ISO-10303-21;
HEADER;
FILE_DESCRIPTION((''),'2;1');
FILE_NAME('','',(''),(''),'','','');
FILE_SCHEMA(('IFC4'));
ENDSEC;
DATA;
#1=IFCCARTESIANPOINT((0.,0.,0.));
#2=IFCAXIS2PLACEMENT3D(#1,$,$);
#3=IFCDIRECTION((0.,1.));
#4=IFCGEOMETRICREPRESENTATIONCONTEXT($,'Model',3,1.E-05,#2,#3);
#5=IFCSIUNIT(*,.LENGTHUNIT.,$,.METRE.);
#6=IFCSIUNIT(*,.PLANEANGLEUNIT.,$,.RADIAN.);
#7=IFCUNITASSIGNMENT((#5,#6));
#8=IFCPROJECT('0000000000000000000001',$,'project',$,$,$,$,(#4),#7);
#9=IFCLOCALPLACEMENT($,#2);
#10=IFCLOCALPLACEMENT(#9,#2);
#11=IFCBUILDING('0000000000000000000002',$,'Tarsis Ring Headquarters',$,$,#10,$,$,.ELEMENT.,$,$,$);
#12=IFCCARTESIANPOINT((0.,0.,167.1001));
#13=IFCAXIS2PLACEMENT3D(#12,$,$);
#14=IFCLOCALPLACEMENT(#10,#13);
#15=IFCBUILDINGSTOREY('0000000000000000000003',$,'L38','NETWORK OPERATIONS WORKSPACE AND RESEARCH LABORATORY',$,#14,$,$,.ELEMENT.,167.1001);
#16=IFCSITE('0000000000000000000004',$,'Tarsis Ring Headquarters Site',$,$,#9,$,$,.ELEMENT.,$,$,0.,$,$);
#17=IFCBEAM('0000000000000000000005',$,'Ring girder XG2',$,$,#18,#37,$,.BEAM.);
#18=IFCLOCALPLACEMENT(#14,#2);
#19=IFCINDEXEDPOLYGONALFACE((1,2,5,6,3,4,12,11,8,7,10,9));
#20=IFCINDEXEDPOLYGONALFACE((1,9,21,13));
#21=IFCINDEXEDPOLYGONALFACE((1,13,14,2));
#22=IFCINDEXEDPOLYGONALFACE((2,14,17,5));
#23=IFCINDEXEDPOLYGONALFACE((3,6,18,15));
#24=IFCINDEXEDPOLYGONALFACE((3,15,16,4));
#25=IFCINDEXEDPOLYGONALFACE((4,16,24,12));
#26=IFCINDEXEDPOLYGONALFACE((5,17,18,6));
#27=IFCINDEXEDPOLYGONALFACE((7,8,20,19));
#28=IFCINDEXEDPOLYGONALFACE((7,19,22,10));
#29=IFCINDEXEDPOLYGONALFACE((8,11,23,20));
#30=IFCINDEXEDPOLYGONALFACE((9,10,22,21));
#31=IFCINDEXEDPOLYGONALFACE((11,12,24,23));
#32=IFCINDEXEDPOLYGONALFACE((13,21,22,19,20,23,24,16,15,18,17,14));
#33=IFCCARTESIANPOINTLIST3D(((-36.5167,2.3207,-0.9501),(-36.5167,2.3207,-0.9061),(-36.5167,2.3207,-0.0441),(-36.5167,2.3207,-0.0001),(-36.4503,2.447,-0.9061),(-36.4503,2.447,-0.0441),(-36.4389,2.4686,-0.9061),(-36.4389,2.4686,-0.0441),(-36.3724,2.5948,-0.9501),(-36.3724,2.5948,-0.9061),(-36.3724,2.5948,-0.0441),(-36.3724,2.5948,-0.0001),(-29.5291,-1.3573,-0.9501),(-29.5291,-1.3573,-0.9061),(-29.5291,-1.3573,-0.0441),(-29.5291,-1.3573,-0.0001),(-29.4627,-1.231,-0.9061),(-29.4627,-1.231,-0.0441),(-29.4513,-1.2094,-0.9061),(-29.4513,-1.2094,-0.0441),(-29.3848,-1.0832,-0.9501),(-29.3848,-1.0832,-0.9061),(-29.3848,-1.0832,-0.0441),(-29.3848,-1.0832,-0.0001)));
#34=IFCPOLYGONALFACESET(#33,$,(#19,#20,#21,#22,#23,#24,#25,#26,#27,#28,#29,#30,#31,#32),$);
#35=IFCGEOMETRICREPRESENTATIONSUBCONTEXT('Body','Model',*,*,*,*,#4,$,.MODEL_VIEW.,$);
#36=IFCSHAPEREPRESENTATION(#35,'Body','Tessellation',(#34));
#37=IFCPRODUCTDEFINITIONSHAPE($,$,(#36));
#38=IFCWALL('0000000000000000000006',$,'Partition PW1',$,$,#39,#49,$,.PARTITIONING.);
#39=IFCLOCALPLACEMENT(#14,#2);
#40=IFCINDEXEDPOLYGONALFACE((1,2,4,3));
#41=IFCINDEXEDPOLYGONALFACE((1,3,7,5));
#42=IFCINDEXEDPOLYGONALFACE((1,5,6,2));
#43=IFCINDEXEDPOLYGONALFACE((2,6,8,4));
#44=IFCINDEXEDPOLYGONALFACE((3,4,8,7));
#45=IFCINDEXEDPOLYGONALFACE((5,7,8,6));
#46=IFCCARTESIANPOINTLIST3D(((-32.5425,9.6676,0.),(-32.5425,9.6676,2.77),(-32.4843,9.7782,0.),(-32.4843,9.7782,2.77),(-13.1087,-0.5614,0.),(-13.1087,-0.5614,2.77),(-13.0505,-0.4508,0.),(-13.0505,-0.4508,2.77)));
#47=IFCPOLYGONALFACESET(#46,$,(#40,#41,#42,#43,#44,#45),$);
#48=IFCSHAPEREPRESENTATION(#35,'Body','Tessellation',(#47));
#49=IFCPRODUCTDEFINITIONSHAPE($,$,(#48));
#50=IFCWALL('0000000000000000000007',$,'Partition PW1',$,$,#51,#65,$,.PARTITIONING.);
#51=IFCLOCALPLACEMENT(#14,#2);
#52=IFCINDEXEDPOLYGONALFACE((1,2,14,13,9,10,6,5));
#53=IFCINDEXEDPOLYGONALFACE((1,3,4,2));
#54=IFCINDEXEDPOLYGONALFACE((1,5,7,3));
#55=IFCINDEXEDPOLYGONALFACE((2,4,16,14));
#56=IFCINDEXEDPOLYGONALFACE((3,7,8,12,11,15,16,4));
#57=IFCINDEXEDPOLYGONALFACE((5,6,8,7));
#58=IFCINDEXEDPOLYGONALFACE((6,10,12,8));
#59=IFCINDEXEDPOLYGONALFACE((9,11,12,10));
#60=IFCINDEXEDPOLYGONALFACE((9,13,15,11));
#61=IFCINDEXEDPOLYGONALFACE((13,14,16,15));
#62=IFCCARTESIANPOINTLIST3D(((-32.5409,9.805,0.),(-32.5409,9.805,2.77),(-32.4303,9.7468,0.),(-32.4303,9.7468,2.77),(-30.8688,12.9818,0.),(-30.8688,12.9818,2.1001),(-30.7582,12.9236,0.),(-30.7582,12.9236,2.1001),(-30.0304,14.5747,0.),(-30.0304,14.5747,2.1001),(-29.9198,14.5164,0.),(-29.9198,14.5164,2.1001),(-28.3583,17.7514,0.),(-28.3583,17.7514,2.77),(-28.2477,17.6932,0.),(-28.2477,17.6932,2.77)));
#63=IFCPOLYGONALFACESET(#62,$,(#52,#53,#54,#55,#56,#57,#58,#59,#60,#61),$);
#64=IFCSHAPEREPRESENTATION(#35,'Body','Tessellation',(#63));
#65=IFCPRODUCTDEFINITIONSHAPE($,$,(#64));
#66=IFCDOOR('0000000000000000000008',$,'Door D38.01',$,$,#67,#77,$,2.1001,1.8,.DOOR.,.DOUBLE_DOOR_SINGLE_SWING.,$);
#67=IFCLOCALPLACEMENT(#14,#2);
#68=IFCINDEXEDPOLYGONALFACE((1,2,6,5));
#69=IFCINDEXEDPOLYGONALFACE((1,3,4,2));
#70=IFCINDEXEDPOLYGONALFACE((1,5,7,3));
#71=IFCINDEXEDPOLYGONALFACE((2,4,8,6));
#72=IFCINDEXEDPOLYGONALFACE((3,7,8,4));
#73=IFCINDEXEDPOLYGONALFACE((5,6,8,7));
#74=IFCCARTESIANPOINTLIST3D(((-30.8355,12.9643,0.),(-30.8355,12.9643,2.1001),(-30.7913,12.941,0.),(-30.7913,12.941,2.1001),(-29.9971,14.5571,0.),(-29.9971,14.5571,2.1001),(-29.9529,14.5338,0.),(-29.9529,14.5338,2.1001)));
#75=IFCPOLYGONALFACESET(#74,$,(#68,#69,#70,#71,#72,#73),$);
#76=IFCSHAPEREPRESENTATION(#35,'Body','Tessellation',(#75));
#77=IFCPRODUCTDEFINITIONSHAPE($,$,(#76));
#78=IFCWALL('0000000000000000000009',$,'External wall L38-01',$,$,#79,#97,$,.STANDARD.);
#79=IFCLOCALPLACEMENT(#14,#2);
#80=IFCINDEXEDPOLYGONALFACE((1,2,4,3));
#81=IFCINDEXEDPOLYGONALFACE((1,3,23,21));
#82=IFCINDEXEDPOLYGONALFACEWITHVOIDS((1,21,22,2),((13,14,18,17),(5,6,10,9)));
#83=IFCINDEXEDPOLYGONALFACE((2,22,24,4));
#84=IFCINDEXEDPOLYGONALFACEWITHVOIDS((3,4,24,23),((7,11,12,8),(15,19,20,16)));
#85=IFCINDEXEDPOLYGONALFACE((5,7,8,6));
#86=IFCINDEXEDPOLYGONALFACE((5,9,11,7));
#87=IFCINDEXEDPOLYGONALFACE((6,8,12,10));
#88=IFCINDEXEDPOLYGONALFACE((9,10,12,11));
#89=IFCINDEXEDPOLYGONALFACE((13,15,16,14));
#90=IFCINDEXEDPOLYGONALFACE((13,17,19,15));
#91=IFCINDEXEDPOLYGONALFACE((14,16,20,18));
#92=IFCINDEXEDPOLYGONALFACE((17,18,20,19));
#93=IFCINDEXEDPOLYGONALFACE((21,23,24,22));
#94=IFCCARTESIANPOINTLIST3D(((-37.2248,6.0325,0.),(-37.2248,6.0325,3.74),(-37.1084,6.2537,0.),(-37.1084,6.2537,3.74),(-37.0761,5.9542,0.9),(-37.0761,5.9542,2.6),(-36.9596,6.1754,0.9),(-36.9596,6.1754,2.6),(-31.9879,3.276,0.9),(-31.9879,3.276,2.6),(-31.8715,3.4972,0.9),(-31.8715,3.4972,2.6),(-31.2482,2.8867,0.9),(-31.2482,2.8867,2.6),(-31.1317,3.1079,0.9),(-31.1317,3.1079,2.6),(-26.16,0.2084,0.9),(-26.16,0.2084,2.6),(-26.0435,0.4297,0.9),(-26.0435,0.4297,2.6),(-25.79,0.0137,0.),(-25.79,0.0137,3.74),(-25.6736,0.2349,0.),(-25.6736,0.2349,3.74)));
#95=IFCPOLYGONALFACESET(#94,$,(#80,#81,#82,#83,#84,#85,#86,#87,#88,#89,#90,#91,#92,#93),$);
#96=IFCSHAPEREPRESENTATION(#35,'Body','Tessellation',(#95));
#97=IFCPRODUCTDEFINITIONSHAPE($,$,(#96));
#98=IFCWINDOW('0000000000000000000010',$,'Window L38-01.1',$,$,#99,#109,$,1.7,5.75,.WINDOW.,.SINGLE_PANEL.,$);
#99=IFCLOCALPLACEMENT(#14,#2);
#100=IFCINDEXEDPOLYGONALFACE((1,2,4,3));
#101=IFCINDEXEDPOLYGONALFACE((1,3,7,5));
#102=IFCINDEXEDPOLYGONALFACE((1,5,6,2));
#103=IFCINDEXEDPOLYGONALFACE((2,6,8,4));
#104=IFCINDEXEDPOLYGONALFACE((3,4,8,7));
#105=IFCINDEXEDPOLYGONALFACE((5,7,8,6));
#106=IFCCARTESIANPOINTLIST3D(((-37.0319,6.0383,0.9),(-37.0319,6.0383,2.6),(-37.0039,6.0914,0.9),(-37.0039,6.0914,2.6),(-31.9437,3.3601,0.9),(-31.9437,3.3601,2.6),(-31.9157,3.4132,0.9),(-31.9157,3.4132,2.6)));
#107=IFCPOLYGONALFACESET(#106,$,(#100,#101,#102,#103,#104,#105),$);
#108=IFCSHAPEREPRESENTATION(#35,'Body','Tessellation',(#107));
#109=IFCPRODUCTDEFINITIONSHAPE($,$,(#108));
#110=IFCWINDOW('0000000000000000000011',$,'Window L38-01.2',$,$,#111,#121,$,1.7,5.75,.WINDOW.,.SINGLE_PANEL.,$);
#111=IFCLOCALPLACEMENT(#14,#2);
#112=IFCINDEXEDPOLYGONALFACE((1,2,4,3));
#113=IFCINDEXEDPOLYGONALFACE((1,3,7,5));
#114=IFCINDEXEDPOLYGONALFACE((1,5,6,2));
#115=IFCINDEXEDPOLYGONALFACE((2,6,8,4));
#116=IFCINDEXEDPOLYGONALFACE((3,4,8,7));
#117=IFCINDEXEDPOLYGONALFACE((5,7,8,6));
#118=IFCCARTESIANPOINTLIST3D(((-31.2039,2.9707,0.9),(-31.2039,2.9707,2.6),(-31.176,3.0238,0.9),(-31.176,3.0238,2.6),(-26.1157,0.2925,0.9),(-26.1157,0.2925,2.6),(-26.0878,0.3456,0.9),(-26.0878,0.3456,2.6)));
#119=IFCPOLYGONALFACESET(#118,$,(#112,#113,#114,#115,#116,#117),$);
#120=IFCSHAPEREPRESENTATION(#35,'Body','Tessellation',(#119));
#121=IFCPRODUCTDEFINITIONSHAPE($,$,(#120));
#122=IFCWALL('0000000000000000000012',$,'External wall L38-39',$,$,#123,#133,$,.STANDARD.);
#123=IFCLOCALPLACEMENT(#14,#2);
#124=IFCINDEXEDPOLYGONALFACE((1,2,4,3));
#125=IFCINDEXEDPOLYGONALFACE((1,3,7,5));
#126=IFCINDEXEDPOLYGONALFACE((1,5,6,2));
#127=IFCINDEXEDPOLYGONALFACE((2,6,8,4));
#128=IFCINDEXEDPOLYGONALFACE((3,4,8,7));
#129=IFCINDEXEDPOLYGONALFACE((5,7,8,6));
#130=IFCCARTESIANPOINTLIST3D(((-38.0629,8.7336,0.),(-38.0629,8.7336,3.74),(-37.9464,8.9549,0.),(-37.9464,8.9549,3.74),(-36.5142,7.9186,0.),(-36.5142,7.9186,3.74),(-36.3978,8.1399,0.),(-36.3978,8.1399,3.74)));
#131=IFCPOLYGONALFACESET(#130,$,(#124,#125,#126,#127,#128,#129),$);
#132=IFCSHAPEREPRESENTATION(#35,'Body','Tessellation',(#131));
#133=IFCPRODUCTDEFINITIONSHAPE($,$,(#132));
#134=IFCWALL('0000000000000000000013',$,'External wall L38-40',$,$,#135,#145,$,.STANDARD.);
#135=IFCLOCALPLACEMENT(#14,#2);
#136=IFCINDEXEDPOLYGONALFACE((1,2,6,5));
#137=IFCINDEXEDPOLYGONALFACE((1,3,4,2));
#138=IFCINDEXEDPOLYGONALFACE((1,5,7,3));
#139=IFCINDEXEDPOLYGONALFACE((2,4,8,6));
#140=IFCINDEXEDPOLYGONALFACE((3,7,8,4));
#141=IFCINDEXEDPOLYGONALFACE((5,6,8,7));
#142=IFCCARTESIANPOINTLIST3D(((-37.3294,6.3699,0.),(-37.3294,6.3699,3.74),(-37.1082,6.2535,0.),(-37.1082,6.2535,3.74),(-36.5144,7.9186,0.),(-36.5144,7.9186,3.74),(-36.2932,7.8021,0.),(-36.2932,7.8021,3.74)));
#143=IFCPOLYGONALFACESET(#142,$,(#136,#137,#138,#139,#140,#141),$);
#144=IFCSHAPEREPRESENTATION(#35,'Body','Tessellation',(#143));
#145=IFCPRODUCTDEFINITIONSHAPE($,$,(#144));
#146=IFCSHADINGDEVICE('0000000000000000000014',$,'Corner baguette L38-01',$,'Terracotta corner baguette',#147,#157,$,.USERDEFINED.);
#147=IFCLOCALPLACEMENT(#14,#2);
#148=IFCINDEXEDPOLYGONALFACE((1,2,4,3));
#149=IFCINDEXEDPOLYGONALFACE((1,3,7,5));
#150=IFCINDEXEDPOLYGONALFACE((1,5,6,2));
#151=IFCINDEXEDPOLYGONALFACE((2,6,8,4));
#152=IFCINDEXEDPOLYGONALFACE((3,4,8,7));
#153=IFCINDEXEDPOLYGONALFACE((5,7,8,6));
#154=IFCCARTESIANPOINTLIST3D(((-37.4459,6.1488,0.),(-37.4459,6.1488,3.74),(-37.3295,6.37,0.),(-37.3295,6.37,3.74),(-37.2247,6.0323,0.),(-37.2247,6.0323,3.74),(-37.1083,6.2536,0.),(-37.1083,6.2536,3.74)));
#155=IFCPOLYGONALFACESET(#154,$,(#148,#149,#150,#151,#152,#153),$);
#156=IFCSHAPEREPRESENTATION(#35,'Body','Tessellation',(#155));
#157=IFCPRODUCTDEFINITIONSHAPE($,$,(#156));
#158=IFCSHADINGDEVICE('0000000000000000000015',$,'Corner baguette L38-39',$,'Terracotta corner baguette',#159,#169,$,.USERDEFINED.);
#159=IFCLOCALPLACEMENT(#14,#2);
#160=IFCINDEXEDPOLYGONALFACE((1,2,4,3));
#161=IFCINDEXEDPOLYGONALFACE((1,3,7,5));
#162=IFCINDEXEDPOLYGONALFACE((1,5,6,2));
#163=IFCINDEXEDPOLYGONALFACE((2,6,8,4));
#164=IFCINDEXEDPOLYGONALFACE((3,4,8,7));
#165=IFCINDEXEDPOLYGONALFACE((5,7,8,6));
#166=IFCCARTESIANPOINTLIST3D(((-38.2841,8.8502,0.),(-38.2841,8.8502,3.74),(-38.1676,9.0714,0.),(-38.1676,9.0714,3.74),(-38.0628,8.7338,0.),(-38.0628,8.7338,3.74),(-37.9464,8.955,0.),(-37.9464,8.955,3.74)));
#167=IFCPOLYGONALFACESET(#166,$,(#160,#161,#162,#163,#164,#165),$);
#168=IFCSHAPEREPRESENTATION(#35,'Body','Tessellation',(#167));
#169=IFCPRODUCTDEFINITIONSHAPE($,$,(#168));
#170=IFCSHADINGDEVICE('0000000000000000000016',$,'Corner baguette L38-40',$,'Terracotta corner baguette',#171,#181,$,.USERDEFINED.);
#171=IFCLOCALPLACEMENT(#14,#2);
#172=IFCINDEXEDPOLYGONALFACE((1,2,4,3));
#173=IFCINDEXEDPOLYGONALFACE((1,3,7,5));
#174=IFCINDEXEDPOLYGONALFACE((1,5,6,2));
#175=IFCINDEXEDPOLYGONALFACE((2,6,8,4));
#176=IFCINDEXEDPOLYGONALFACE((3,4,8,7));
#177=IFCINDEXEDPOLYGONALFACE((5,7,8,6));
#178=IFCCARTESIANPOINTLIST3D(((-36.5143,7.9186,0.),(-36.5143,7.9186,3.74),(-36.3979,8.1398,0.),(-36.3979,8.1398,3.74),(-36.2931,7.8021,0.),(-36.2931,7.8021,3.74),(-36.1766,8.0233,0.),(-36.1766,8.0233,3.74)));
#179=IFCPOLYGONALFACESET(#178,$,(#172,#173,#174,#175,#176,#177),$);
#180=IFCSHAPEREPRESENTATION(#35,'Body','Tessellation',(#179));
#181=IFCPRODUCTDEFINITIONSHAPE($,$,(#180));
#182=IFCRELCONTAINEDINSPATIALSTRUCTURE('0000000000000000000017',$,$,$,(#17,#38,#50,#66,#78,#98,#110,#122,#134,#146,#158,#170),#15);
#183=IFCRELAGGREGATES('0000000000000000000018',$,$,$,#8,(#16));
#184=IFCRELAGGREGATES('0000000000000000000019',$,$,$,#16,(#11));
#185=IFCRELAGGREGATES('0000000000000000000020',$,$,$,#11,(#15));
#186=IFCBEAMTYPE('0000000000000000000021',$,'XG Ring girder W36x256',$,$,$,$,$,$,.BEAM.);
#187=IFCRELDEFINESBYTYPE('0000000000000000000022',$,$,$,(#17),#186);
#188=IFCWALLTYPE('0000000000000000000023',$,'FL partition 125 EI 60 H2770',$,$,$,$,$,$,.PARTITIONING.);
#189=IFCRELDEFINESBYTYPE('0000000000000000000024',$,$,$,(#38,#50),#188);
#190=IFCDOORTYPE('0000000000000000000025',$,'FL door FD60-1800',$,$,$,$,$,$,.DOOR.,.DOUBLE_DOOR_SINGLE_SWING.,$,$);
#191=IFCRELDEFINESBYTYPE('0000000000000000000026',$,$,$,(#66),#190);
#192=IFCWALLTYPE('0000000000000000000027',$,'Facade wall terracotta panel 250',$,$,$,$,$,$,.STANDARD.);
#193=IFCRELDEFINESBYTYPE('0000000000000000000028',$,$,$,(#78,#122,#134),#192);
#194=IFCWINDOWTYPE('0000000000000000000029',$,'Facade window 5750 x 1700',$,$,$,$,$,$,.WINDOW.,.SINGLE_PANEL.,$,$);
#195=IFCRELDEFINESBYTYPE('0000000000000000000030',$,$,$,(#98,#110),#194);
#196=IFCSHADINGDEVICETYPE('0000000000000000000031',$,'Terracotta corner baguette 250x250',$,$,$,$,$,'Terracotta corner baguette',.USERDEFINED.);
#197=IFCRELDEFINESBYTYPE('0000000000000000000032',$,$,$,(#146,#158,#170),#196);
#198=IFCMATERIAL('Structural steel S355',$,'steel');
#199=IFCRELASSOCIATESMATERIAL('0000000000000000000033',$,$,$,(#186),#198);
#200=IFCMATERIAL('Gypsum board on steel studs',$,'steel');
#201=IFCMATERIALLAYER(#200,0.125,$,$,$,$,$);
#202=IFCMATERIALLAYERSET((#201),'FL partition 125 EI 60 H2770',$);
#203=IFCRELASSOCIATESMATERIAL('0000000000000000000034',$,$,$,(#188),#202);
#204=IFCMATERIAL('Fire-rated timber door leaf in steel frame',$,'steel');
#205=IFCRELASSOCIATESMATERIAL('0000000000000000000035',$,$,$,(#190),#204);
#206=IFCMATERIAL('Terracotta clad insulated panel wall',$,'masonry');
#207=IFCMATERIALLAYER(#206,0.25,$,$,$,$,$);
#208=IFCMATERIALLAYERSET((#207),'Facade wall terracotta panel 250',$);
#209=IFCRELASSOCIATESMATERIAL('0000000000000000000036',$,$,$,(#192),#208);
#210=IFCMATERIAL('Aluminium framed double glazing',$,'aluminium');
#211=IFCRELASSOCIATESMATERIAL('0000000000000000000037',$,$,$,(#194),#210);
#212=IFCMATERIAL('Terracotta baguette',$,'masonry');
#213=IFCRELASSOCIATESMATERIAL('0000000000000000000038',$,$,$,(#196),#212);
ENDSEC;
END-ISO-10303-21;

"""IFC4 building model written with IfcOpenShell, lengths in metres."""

from ifc_helpers import new_model, si_unit, direction, frame, frame_2d, origin, origin_2d, place, context, subcontext, project, spatial, rectangle, i_section, extrude, material, layer, layer_set, material_profile, profile_set, type_object, element, fill, save


model = new_model("IFC4")

# Units and contexts
model_context = context("Model", 3, precision=1e-05, world=origin(), true_north=direction((0.0, 1.0)))
body_context = subcontext(model_context, "Body", "Model", "MODEL_VIEW")
ifc_project = project(units=[si_unit("LENGTHUNIT", "METRE"), si_unit("PLANEANGLEUNIT", "RADIAN")], contexts=[model_context])

# Site, building, storey
site_placement = place(None, origin())
site = spatial("IfcSite", under=ifc_project, at=site_placement, Name="Tarsis Ring Headquarters Site", CompositionType="ELEMENT", RefElevation=0.0)
building_placement = place(site_placement, origin())
building = spatial("IfcBuilding", under=site, at=building_placement, Name="Tarsis Ring Headquarters", CompositionType="ELEMENT")
storey_placement = place(building_placement, frame((0.0, 0.0, 167.1001)))
storey = spatial("IfcBuildingStorey", under=building, at=storey_placement, Name="L38", Description="NETWORK OPERATIONS WORKSPACE AND RESEARCH LABORATORY", CompositionType="ELEMENT", Elevation=167.1001)

# Shared definitions
ifc_material_1 = material(Name="Structural steel S355", Category="steel")

# Beam
ifc_material_profile_1 = material_profile(ifc_material_1, i_section(OverallWidth=0.3098, OverallDepth=0.95, WebThickness=0.0244, FlangeThickness=0.0439, at=origin_2d()), Name="W36x256")
ifc_profile_set_1 = profile_set([ifc_material_profile_1], Name="Structural steel S355")
beam_type = type_object("IfcBeamType", Name="XG Ring girder W36x256", PredefinedType="BEAM", material=ifc_profile_set_1)
beam_1_placement = place(storey_placement, frame((-36.4446, 2.4578, -0.4751), z_axis=(0.884901, -0.465778, 0.0), x_axis=(0.465778, 0.884901, 0.0)))
element("IfcBeam", 1, at=beam_1_placement, inside=storey, type_object=beam_type, Name="Ring girder XG2", PredefinedType="BEAM", context=body_context, shape_type="SweptSolid", body=[
    extrude(i_section(OverallWidth=0.3098, OverallDepth=0.95, WebThickness=0.0244, FlangeThickness=0.0439, at=origin_2d()), origin(), (0.0, 0.0, 1.0), 7.8965),
])

# Wall
ifc_material_2 = material(Name="Gypsum board on steel studs", Category="steel")
ifc_layer_1 = layer(ifc_material_2, 0.125)
ifc_layer_set_1 = layer_set([ifc_layer_1], Name="FL partition 125 EI 60 H2770")
wall_type_1 = type_object("IfcWallType", Name="FL partition 125 EI 60 H2770", PredefinedType="PARTITIONING", material=ifc_layer_set_1)
wall_1_placement = place(storey_placement, frame((-32.5134, 9.7229, 0.0), z_axis=(0.0, 0.0, 1.0), x_axis=(0.884906, -0.46577, 0.0)))
element("IfcWall", 2, at=wall_1_placement, inside=storey, type_object=wall_type_1, Name="Partition PW1", PredefinedType="PARTITIONING", context=body_context, shape_type="SweptSolid", body=[
    extrude(rectangle(XDim=21.9614, YDim=0.125, at=frame_2d((10.9807, 0.0))), origin(), (0.0, 0.0, 1.0), 2.77),
])

# Wall, opening, door
wall_2_placement = place(storey_placement, frame((-32.4856, 9.7759, 0.0), z_axis=(0.0, 0.0, 1.0), x_axis=(0.465767, 0.884908, 0.0)))
wall_2 = element("IfcWall", 3, at=wall_2_placement, inside=storey, type_object=wall_type_1, Name="Partition PW1", PredefinedType="PARTITIONING", context=body_context, shape_type="SweptSolid", body=[
    extrude(rectangle(XDim=8.98, YDim=0.125, at=frame_2d((4.49, 0.0))), origin(), (0.0, 0.0, 1.0), 2.77),
])
opening_1_placement = place(wall_2_placement, frame((3.5901, 0.0, 0.0)))
opening_1 = element("IfcOpeningElement", 4, at=opening_1_placement, cuts=wall_2, PredefinedType="OPENING", context=body_context, shape_type="SweptSolid", body=[
    extrude(rectangle(XDim=1.8, YDim=2.1001, at=frame_2d((0.8999, 1.05))), frame((0.0, 0.0725, 0.0), z_axis=(0.0, -1.0, 0.0), x_axis=(1.0, 0.0, 0.0)), (0.0, 0.0, 1.0), 0.145),
])
ifc_material_3 = material(Name="Fire-rated timber door leaf in steel frame", Category="steel")
door_type = type_object("IfcDoorType", Name="FL door FD60-1800", OperationType="DOUBLE_DOOR_SINGLE_SWING", PredefinedType="DOOR", material=ifc_material_3)
door_placement = place(opening_1_placement, origin())
door = element("IfcDoor", 5, at=door_placement, inside=storey, type_object=door_type, Name="Door D38.01", OperationType="DOUBLE_DOOR_SINGLE_SWING", OverallHeight=2.1001, OverallWidth=1.8, PredefinedType="DOOR", context=body_context, shape_type="SweptSolid", body=[
    extrude(rectangle(XDim=1.8, YDim=2.1001, at=frame_2d((0.8999, 1.05))), frame((0.0, 0.0249, 0.0), z_axis=(0.0, -1.0, 0.0), x_axis=(1.0, 0.0, 0.0)), (0.0, 0.0, 1.0), 0.05),
])
fill(opening_1, door)

# Wall, openings, windows
ifc_material_4 = material(Name="Terracotta clad insulated panel wall", Category="masonry")
ifc_layer_2 = layer(ifc_material_4, 0.25)
ifc_layer_set_2 = layer_set([ifc_layer_2], Name="Facade wall terracotta panel 250")
wall_type_2 = type_object("IfcWallType", Name="Facade wall terracotta panel 250", PredefinedType="STANDARD", material=ifc_layer_set_2)
wall_3_placement = place(storey_placement, frame((-37.1665, 6.1431, 0.0), z_axis=(0.0, 0.0, 1.0), x_axis=(0.884903, -0.465775, 0.0)))
wall_3 = element("IfcWall", 6, at=wall_3_placement, inside=storey, type_object=wall_type_2, Name="External wall L38-01", PredefinedType="STANDARD", context=body_context, shape_type="SweptSolid", body=[
    extrude(rectangle(XDim=12.9221, YDim=0.25, at=frame_2d((6.4609, 0.0))), origin(), (0.0, 0.0, 1.0), 3.74),
])
opening_2_placement = place(wall_3_placement, frame((0.168, 0.0, 0.8999)))
opening_2 = element("IfcOpeningElement", 7, at=opening_2_placement, cuts=wall_3, PredefinedType="OPENING", context=body_context, shape_type="SweptSolid", body=[
    extrude(rectangle(XDim=5.75, YDim=1.7, at=frame_2d((2.875, 0.8501))), frame((0.0, 0.135, 0.0), z_axis=(0.0, -1.0, 0.0), x_axis=(1.0, 0.0, 0.0)), (0.0, 0.0, 1.0), 0.27),
])
opening_3_placement = place(wall_3_placement, frame((6.7539, 0.0, 0.8999)))
opening_3 = element("IfcOpeningElement", 8, at=opening_3_placement, cuts=wall_3, PredefinedType="OPENING", context=body_context, shape_type="SweptSolid", body=[
    extrude(rectangle(XDim=5.75, YDim=1.7, at=frame_2d((2.875, 0.8501))), frame((0.0, 0.135, 0.0), z_axis=(0.0, -1.0, 0.0), x_axis=(1.0, 0.0, 0.0)), (0.0, 0.0, 1.0), 0.27),
])
ifc_material_5 = material(Name="Aluminium framed double glazing", Category="aluminium")
window_type = type_object("IfcWindowType", Name="Facade window 5750 x 1700", PartitioningType="SINGLE_PANEL", PredefinedType="WINDOW", material=ifc_material_5)
window_1_placement = place(opening_2_placement, origin())
window_1 = element("IfcWindow", 9, at=window_1_placement, inside=storey, type_object=window_type, Name="Window L38-01.1", OverallHeight=1.7, OverallWidth=5.75, PartitioningType="SINGLE_PANEL", PredefinedType="WINDOW", context=body_context, shape_type="SweptSolid", body=[
    extrude(rectangle(XDim=5.75, YDim=1.7, at=frame_2d((2.875, 0.8501))), frame((0.0, 0.03, 0.0), z_axis=(0.0, -1.0, 0.0), x_axis=(1.0, 0.0, 0.0)), (0.0, 0.0, 1.0), 0.0601),
])
fill(opening_2, window_1)
window_2_placement = place(opening_3_placement, origin())
window_2 = element("IfcWindow", 10, at=window_2_placement, inside=storey, type_object=window_type, Name="Window L38-01.2", OverallHeight=1.7, OverallWidth=5.75, PartitioningType="SINGLE_PANEL", PredefinedType="WINDOW", context=body_context, shape_type="SweptSolid", body=[
    extrude(rectangle(XDim=5.75, YDim=1.7, at=frame_2d((2.875, 0.8501))), frame((0.0, 0.03, 0.0), z_axis=(0.0, -1.0, 0.0), x_axis=(1.0, 0.0, 0.0)), (0.0, 0.0, 1.0), 0.0601),
])
fill(opening_3, window_2)

# Walls
for number, where, z_axis, x_axis, name in (
    (11, (-38.0046, 8.8442, 0.0), (0.0, 0.0, 1.0), (0.884942, -0.4657, 0.0), "External wall L38-39"),
    (12, (-36.4038, 7.8604, 0.0), (0.0, 0.0, 1.0), (-0.4657, -0.884942, 0.0), "External wall L38-40"),
):
    element("IfcWall", number, at=place(storey_placement, frame(where, z_axis=z_axis, x_axis=x_axis)), inside=storey, type_object=wall_type_2, Name=name, PredefinedType="STANDARD", context=body_context, shape_type="SweptSolid", body=[
        extrude(rectangle(XDim=1.75, YDim=0.25, at=frame_2d((0.875, 0.0))), origin(), (0.0, 0.0, 1.0), 3.74),
    ])

# Shading devices
ifc_material_6 = material(Name="Terracotta baguette", Category="masonry")
shading_device_type_1 = type_object("IfcShadingDeviceType", Name="Terracotta corner baguette 250x250", ElementType="Terracotta corner baguette", PredefinedType="USERDEFINED", material=ifc_material_6)
for number, where, z_axis, x_axis, name in (
    (13, (-37.2771, 6.2012, 0.0), (0.0, 0.0, 1.0), (-0.465769, -0.884907, 0.0), "Corner baguette L38-01"),
    (14, (-38.1152, 8.9026, 0.0), (0.0, 0.0, 1.0), (-0.465769, -0.884906, 0.0), "Corner baguette L38-39"),
    (15, (-36.3455, 7.9709, 0.0), (0.0, 0.0, 1.0), (0.884906, -0.465769, 0.0), "Corner baguette L38-40"),
):
    element("IfcShadingDevice", number, at=place(storey_placement, frame(where, z_axis=z_axis, x_axis=x_axis)), inside=storey, type_object=shading_device_type_1, Name=name, ObjectType="Terracotta corner baguette", PredefinedType="USERDEFINED", context=body_context, shape_type="SweptSolid", body=[
        extrude(rectangle(XDim=0.25, YDim=0.25, at=origin_2d()), origin(), (0.0, 0.0, 1.0), 3.74),
    ])

save(model, "model.ifc")
